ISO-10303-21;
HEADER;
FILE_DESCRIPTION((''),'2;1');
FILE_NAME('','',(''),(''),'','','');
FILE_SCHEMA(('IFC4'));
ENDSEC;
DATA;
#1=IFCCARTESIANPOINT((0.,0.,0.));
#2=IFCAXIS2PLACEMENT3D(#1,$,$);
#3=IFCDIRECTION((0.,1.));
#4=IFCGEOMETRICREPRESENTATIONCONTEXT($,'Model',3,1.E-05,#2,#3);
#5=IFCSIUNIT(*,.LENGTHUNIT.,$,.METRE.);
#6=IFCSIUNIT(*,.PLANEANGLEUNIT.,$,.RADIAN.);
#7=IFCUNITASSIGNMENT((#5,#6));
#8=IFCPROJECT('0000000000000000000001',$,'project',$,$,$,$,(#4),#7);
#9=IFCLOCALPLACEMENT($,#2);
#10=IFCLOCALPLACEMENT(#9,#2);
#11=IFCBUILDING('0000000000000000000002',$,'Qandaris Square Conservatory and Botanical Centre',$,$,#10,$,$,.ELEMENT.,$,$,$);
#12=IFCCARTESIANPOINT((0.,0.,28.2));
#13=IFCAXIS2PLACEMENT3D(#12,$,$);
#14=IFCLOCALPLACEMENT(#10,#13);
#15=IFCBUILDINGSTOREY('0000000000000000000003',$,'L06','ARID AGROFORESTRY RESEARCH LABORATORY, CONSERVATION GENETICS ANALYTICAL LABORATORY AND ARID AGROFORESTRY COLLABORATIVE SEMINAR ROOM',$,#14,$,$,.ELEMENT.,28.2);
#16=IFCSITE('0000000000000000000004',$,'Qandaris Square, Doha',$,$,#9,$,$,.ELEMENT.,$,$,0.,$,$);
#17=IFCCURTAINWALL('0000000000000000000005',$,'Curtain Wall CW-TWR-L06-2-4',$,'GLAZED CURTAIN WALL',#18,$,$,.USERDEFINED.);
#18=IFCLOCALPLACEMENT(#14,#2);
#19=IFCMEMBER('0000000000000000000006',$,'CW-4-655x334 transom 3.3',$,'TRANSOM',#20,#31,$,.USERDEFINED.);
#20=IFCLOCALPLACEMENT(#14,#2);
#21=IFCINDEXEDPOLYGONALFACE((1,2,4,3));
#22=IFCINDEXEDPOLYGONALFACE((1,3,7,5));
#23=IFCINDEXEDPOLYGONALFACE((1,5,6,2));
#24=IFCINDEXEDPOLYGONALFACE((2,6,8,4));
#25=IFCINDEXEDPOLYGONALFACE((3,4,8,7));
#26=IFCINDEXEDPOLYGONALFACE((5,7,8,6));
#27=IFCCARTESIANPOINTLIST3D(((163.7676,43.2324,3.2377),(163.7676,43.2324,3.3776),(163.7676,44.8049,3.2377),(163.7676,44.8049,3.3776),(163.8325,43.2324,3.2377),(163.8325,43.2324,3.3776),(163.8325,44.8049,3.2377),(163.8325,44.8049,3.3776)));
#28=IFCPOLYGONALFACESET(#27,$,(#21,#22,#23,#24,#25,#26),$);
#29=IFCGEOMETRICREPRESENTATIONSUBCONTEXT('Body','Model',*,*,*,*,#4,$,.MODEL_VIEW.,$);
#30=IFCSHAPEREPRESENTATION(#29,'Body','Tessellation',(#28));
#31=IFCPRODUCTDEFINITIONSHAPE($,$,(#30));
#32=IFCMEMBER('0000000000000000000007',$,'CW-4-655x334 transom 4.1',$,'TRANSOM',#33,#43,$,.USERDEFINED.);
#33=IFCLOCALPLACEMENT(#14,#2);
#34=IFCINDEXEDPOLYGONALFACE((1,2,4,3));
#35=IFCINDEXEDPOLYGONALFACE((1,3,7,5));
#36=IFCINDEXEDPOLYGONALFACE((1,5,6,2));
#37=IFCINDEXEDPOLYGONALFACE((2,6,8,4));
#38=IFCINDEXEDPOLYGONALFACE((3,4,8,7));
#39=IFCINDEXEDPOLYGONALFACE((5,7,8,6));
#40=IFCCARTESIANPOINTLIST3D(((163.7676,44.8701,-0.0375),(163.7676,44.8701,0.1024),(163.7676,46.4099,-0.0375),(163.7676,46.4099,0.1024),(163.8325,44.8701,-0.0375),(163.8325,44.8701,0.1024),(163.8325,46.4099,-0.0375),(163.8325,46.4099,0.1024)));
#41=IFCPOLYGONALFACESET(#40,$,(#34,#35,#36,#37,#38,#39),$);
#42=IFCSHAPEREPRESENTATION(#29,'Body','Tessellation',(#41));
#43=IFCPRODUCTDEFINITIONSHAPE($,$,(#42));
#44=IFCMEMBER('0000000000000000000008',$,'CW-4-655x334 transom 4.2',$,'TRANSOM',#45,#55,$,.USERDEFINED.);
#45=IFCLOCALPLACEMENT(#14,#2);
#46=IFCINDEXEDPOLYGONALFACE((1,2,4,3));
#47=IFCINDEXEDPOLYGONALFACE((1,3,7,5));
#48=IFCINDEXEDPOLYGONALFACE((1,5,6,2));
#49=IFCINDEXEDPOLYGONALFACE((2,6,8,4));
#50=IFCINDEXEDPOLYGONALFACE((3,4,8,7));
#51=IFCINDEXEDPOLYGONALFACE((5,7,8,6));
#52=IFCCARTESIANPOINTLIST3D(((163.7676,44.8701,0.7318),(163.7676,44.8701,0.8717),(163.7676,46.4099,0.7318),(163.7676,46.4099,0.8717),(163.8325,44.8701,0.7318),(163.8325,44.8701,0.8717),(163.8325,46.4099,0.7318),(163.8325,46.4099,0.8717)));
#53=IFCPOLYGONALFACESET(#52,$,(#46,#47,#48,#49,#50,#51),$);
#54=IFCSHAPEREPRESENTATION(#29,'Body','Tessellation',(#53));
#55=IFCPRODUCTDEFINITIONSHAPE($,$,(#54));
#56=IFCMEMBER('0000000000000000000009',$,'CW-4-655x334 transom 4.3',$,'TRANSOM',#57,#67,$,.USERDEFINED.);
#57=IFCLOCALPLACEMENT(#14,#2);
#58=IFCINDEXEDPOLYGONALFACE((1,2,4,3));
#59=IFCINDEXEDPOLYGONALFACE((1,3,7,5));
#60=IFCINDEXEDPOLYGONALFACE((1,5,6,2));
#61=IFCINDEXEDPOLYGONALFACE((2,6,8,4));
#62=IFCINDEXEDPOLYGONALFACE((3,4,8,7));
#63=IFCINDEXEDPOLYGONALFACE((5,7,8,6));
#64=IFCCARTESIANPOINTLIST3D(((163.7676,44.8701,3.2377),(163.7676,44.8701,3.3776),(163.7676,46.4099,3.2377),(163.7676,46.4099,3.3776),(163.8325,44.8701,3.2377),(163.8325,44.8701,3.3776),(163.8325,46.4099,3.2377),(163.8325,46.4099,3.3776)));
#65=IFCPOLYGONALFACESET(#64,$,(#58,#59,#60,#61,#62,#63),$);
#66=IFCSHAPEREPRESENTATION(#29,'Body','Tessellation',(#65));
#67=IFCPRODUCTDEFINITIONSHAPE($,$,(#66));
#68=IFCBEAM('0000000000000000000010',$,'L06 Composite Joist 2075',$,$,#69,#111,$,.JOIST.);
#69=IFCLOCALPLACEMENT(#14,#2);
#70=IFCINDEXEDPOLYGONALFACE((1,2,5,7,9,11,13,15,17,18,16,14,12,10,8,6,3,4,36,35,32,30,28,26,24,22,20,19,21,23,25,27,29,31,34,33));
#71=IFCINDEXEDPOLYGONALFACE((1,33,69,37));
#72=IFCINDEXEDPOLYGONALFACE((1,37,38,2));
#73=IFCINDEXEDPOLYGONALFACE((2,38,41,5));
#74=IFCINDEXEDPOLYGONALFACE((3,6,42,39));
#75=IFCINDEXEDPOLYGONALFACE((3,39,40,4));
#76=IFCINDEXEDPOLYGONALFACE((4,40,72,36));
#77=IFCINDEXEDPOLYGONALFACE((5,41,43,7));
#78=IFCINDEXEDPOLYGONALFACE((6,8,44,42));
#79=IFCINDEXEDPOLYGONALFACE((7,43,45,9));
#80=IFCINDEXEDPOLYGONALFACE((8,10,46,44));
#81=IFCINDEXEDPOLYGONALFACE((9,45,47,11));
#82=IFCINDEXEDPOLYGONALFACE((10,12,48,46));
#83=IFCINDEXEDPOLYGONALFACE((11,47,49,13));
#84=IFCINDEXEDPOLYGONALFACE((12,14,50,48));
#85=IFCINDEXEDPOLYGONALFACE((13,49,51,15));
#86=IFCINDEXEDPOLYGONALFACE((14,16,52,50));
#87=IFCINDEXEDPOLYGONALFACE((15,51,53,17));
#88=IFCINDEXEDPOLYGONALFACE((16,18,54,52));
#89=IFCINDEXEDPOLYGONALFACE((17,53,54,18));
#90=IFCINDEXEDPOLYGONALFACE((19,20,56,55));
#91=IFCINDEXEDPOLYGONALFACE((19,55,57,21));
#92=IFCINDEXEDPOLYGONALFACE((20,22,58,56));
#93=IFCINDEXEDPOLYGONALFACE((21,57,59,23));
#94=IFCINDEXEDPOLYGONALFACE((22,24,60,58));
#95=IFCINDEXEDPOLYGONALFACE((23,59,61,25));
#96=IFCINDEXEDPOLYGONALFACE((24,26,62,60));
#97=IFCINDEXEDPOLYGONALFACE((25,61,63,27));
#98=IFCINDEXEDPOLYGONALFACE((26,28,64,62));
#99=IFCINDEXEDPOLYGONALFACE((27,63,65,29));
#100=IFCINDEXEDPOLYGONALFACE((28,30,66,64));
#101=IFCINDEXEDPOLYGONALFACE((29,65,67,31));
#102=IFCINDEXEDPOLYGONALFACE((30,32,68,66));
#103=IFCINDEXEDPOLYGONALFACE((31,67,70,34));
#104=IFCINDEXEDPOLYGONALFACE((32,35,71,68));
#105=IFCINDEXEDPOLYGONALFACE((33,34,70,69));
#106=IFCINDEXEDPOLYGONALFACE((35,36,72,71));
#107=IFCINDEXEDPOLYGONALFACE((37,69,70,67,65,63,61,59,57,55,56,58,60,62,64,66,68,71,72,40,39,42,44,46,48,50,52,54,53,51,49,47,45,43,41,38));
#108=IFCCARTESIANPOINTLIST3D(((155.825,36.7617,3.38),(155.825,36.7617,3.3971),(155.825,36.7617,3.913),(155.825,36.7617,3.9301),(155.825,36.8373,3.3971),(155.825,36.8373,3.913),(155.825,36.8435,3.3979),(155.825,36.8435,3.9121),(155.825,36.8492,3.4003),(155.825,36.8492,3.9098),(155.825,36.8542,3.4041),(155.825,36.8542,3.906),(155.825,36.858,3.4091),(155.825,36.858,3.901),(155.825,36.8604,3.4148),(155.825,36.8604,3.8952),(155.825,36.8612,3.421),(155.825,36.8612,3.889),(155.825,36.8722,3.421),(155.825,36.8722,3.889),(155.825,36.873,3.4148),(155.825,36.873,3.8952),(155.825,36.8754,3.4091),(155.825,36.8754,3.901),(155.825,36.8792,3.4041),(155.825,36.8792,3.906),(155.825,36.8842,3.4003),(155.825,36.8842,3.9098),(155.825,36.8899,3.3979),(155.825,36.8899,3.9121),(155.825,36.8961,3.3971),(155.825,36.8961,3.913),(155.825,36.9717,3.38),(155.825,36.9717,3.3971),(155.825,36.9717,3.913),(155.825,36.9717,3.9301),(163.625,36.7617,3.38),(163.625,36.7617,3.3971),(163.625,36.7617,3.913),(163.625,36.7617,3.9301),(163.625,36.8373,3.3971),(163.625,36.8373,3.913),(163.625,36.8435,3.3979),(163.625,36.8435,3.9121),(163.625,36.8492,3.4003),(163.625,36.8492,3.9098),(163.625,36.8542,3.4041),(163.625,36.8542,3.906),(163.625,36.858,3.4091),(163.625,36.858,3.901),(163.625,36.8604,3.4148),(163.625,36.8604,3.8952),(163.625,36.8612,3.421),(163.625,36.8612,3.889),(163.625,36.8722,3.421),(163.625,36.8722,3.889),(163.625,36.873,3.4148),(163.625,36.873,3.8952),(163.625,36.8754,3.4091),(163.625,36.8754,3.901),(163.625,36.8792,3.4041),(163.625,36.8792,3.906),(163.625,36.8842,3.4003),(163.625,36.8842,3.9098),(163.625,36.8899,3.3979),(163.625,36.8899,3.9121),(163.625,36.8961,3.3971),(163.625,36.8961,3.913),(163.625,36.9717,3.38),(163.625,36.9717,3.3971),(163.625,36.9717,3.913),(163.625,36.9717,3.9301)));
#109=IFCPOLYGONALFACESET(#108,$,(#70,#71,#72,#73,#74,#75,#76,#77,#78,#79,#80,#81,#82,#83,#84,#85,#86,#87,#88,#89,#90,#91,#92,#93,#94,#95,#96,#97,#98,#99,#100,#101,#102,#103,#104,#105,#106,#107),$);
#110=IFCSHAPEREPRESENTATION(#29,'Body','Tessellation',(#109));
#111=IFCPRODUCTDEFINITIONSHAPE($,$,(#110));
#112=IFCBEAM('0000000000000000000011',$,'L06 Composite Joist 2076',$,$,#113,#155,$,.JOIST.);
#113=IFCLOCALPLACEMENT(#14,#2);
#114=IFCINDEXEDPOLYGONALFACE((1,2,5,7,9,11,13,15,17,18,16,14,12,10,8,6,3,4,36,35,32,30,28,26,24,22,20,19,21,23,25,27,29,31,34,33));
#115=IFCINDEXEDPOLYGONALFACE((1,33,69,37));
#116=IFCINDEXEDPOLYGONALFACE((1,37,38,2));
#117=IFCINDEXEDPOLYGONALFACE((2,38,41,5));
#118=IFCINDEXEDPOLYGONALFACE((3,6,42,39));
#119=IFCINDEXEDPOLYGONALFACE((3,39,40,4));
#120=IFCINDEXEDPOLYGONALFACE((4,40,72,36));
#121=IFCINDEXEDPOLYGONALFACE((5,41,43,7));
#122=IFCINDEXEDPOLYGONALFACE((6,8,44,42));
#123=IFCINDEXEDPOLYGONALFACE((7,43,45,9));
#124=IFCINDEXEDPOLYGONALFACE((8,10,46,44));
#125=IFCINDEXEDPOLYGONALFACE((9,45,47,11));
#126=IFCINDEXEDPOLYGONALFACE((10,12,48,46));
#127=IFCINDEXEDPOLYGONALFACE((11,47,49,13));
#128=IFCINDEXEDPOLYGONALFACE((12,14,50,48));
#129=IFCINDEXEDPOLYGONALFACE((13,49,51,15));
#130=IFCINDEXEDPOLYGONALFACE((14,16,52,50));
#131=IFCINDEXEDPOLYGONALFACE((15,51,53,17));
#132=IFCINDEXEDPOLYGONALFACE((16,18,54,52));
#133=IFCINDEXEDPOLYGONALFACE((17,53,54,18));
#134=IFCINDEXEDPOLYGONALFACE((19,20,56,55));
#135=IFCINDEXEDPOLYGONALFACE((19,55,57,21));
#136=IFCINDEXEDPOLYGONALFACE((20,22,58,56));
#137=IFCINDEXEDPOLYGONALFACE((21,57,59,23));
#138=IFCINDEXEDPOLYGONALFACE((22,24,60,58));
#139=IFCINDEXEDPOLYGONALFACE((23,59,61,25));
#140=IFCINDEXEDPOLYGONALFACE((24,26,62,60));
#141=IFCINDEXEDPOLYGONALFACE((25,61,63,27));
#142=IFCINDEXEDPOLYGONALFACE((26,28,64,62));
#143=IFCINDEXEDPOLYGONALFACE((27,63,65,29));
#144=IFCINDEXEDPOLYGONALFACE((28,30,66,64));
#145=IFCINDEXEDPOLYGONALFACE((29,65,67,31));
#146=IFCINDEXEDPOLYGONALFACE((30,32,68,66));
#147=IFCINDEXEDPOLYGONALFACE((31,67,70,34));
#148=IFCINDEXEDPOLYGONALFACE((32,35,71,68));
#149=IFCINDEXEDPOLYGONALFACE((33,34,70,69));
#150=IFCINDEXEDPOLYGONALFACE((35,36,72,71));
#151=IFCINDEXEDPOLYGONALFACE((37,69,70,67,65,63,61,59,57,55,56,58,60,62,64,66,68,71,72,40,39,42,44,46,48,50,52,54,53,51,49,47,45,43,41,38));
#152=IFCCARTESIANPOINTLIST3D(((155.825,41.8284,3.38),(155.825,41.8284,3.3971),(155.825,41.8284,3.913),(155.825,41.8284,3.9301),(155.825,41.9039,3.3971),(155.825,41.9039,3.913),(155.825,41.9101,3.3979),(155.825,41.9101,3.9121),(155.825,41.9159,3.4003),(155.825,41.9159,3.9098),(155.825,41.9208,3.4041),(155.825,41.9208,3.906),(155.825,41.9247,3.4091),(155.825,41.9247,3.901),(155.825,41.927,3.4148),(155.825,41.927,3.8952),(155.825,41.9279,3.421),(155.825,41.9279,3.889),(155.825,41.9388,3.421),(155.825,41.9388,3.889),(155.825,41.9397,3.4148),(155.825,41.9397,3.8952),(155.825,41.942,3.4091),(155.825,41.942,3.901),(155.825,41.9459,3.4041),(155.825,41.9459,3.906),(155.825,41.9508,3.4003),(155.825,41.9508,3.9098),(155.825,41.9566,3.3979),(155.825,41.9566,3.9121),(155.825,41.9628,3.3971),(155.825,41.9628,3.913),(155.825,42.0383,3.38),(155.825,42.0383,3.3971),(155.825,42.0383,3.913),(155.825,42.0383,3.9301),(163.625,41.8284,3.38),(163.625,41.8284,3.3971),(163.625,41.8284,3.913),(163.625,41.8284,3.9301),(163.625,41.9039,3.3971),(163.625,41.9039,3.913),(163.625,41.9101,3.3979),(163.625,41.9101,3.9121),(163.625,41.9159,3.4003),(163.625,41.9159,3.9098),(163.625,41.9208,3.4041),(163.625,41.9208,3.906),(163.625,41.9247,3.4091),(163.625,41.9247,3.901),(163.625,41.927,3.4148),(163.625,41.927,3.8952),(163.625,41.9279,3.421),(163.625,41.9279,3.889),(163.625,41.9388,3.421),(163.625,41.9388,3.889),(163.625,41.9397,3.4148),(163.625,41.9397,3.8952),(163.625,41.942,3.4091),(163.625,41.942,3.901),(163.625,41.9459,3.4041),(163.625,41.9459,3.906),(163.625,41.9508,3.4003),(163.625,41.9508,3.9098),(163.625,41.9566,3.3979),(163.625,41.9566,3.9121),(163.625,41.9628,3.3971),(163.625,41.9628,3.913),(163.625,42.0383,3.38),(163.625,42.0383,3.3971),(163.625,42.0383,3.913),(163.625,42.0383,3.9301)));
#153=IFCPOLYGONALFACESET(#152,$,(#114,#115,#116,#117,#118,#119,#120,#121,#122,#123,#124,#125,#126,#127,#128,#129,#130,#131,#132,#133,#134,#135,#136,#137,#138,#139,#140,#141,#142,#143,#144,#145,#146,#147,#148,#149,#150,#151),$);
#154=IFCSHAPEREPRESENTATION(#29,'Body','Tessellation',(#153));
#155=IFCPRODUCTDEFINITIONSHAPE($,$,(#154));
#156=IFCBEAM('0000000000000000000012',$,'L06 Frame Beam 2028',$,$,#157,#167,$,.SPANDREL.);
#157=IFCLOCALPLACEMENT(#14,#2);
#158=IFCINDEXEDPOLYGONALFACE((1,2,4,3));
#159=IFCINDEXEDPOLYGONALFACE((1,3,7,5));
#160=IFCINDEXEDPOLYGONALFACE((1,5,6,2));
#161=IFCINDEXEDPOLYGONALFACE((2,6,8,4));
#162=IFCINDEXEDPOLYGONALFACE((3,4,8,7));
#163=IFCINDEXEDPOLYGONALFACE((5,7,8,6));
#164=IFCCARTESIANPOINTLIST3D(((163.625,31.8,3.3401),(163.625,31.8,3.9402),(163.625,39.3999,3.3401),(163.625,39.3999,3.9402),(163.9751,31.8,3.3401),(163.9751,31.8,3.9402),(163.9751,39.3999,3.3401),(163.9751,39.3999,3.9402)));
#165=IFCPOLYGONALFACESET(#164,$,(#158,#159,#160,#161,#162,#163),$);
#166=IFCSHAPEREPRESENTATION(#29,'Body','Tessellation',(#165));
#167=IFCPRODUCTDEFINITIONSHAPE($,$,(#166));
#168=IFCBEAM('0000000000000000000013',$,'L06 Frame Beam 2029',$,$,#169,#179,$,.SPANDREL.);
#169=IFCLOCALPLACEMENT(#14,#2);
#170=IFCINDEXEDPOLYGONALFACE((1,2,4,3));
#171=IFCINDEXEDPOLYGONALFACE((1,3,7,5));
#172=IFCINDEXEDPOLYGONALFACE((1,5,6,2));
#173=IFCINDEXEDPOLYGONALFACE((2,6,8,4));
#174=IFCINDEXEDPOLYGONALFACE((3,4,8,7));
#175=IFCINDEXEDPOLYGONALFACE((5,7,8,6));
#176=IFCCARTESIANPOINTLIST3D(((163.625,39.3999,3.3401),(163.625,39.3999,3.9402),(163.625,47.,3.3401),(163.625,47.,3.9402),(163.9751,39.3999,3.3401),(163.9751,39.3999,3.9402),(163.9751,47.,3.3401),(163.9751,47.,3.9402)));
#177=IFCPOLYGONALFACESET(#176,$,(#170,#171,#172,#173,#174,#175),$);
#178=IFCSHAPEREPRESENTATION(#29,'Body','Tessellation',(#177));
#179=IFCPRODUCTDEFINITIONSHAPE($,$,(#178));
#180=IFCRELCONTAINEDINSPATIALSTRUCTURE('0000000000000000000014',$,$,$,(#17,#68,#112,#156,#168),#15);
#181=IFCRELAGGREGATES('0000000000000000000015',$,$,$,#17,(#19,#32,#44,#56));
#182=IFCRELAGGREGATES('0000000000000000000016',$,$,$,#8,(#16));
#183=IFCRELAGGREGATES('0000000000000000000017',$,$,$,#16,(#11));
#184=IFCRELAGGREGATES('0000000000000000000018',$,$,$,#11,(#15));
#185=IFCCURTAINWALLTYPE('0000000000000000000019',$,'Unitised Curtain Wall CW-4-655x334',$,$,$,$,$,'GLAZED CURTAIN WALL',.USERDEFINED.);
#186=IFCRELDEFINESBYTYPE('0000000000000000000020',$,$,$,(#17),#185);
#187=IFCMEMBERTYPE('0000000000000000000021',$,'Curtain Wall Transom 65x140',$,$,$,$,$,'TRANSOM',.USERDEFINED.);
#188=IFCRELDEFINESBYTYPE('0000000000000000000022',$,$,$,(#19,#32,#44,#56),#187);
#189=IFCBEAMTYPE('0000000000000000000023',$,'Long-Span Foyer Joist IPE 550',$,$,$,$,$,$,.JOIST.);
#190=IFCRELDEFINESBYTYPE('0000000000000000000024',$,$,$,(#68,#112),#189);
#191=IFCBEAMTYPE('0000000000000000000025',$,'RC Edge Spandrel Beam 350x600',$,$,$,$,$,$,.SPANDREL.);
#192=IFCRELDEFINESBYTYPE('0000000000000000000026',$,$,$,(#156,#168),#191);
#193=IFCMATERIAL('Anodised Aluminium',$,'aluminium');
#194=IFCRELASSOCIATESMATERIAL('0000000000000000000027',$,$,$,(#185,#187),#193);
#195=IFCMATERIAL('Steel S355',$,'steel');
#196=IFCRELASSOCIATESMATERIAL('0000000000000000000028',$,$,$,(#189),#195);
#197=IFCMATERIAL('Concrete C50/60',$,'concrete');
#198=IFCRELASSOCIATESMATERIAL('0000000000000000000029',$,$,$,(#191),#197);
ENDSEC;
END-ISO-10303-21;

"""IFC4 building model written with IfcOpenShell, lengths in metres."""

from ifc_helpers import new_model, si_unit, direction, frame, origin, origin_2d, place, context, subcontext, project, spatial, rectangle, i_section, extrude, material, material_profile, profile_set, type_object, element, aggregate, save


model = new_model("IFC4")

# Units and contexts
model_context = context("Model", 3, precision=1e-05, world=origin(), true_north=direction((0.0, 1.0)))
body_context = subcontext(model_context, "Body", "Model", "MODEL_VIEW")
ifc_project = project(units=[si_unit("LENGTHUNIT", "METRE"), si_unit("PLANEANGLEUNIT", "RADIAN")], contexts=[model_context])

# Site, building, storey
site_placement = place(None, origin())
site = spatial("IfcSite", under=ifc_project, at=site_placement, Name="Qandaris Square, Doha", CompositionType="ELEMENT", RefElevation=0.0)
building_placement = place(site_placement, origin())
building = spatial("IfcBuilding", under=site, at=building_placement, Name="Qandaris Square Conservatory and Botanical Centre", CompositionType="ELEMENT")
storey_placement = place(building_placement, frame((0.0, 0.0, 28.2)))
storey = spatial("IfcBuildingStorey", under=building, at=storey_placement, Name="L06", Description="ARID AGROFORESTRY RESEARCH LABORATORY, CONSERVATION GENETICS ANALYTICAL LABORATORY AND ARID AGROFORESTRY COLLABORATIVE SEMINAR ROOM", CompositionType="ELEMENT", Elevation=28.2)

# Shared definitions
ifc_material_1 = material(Name="Concrete C50/60", Category="concrete")

# Curtain wall, members
ifc_material_2 = material(Name="Anodised Aluminium", Category="aluminium")
curtain_wall_type = type_object("IfcCurtainWallType", Name="Unitised Curtain Wall CW-4-655x334", ElementType="GLAZED CURTAIN WALL", PredefinedType="USERDEFINED", material=ifc_material_2)
curtain_wall_placement = place(storey_placement, origin())
curtain_wall = element("IfcCurtainWall", 1, at=curtain_wall_placement, inside=storey, type_object=curtain_wall_type, Name="Curtain Wall CW-TWR-L06-2-4", ObjectType="GLAZED CURTAIN WALL", PredefinedType="USERDEFINED")
ifc_material_profile_1 = material_profile(ifc_material_2, rectangle(XDim=0.0649, YDim=0.1399, at=origin_2d()), Name="ALU-TRN 65x140")
ifc_profile_set_1 = profile_set([ifc_material_profile_1], Name="Anodised Aluminium")
member_type_1 = type_object("IfcMemberType", Name="Curtain Wall Transom 65x140", ElementType="TRANSOM", PredefinedType="USERDEFINED", material=ifc_profile_set_1)
member_1_placement = place(storey_placement, frame((163.8, 43.2324, 3.3076), z_axis=(0.0, 1.0, 0.0), x_axis=(-1.0, 0.0, 0.0)))
member_1 = element("IfcMember", 2, at=member_1_placement, type_object=member_type_1, Name="CW-4-655x334 transom 3.3", ObjectType="TRANSOM", PredefinedType="USERDEFINED", context=body_context, shape_type="SweptSolid", body=[
    extrude(rectangle(XDim=0.0649, YDim=0.1399, at=origin_2d()), origin(), (0.0, 0.0, 1.0), 1.5725),
])
member_2_placement = place(storey_placement, frame((163.8, 44.8701, 0.0325), z_axis=(0.0, 1.0, 0.0), x_axis=(-1.0, 0.0, 0.0)))
member_2 = element("IfcMember", 3, at=member_2_placement, type_object=member_type_1, Name="CW-4-655x334 transom 4.1", ObjectType="TRANSOM", PredefinedType="USERDEFINED", context=body_context, shape_type="SweptSolid", body=[
    extrude(rectangle(XDim=0.0649, YDim=0.1399, at=origin_2d()), origin(), (0.0, 0.0, 1.0), 1.5398),
])
member_3_placement = place(storey_placement, frame((163.8, 44.8701, 0.8018), z_axis=(0.0, 1.0, 0.0), x_axis=(-1.0, 0.0, 0.0)))
member_3 = element("IfcMember", 4, at=member_3_placement, type_object=member_type_1, Name="CW-4-655x334 transom 4.2", ObjectType="TRANSOM", PredefinedType="USERDEFINED", context=body_context, shape_type="SweptSolid", body=[
    extrude(rectangle(XDim=0.0649, YDim=0.1399, at=origin_2d()), origin(), (0.0, 0.0, 1.0), 1.5398),
])
member_4_placement = place(storey_placement, frame((163.8, 44.8701, 3.3076), z_axis=(0.0, 1.0, 0.0), x_axis=(-1.0, 0.0, 0.0)))
member_4 = element("IfcMember", 5, at=member_4_placement, type_object=member_type_1, Name="CW-4-655x334 transom 4.3", ObjectType="TRANSOM", PredefinedType="USERDEFINED", context=body_context, shape_type="SweptSolid", body=[
    extrude(rectangle(XDim=0.0649, YDim=0.1399, at=origin_2d()), origin(), (0.0, 0.0, 1.0), 1.5398),
])

# Beams
ifc_material_3 = material(Name="Steel S355", Category="steel")
ifc_material_profile_2 = material_profile(ifc_material_3, i_section(OverallWidth=0.21, OverallDepth=0.55, WebThickness=0.011, FlangeThickness=0.0171, FilletRadius=0.0239, at=origin_2d()), Name="IPE 550")
ifc_profile_set_2 = profile_set([ifc_material_profile_2], Name="Steel S355")
beam_type_1 = type_object("IfcBeamType", Name="Long-Span Foyer Joist IPE 550", PredefinedType="JOIST", material=ifc_profile_set_2)
for number, where, z_axis, x_axis, name in (
    (6, (155.825, 36.8667, 3.655), (1.0, 0.0, 0.0), (0.0, 1.0, 0.0), "L06 Composite Joist 2075"),
    (7, (155.825, 41.9333, 3.655), (1.0, 0.0, 0.0), (0.0, 1.0, 0.0), "L06 Composite Joist 2076"),
):
    element("IfcBeam", number, at=place(storey_placement, frame(where, z_axis=z_axis, x_axis=x_axis)), inside=storey, type_object=beam_type_1, Name=name, PredefinedType="JOIST", context=body_context, shape_type="SweptSolid", body=[
        extrude(i_section(OverallWidth=0.21, OverallDepth=0.55, WebThickness=0.011, FlangeThickness=0.0171, FilletRadius=0.0239, at=origin_2d()), origin(), (0.0, 0.0, 1.0), 7.8),
    ])
ifc_material_profile_3 = material_profile(ifc_material_1, rectangle(XDim=0.3501, YDim=0.6001, at=origin_2d()), Name="RC-SP 350x600")
ifc_profile_set_3 = profile_set([ifc_material_profile_3], Name="Concrete C50/60")
beam_type_2 = type_object("IfcBeamType", Name="RC Edge Spandrel Beam 350x600", PredefinedType="SPANDREL", material=ifc_profile_set_3)
beam_1_placement = place(storey_placement, frame((163.8, 31.8, 3.6401), z_axis=(0.0, 1.0, 0.0), x_axis=(-1.0, 0.0, 0.0)))
element("IfcBeam", 8, at=beam_1_placement, inside=storey, type_object=beam_type_2, Name="L06 Frame Beam 2028", PredefinedType="SPANDREL", context=body_context, shape_type="SweptSolid", body=[
    extrude(rectangle(XDim=0.3501, YDim=0.6001, at=origin_2d()), origin(), (0.0, 0.0, 1.0), 7.5999),
])
beam_2_placement = place(storey_placement, frame((163.8, 39.3999, 3.6401), z_axis=(0.0, 1.0, 0.0), x_axis=(-1.0, 0.0, 0.0)))
element("IfcBeam", 9, at=beam_2_placement, inside=storey, type_object=beam_type_2, Name="L06 Frame Beam 2029", PredefinedType="SPANDREL", context=body_context, shape_type="SweptSolid", body=[
    extrude(rectangle(XDim=0.3501, YDim=0.6001, at=origin_2d()), origin(), (0.0, 0.0, 1.0), 7.6001),
])

aggregate(curtain_wall, [member_1, member_2, member_3, member_4])

save(model, "model.ifc")
